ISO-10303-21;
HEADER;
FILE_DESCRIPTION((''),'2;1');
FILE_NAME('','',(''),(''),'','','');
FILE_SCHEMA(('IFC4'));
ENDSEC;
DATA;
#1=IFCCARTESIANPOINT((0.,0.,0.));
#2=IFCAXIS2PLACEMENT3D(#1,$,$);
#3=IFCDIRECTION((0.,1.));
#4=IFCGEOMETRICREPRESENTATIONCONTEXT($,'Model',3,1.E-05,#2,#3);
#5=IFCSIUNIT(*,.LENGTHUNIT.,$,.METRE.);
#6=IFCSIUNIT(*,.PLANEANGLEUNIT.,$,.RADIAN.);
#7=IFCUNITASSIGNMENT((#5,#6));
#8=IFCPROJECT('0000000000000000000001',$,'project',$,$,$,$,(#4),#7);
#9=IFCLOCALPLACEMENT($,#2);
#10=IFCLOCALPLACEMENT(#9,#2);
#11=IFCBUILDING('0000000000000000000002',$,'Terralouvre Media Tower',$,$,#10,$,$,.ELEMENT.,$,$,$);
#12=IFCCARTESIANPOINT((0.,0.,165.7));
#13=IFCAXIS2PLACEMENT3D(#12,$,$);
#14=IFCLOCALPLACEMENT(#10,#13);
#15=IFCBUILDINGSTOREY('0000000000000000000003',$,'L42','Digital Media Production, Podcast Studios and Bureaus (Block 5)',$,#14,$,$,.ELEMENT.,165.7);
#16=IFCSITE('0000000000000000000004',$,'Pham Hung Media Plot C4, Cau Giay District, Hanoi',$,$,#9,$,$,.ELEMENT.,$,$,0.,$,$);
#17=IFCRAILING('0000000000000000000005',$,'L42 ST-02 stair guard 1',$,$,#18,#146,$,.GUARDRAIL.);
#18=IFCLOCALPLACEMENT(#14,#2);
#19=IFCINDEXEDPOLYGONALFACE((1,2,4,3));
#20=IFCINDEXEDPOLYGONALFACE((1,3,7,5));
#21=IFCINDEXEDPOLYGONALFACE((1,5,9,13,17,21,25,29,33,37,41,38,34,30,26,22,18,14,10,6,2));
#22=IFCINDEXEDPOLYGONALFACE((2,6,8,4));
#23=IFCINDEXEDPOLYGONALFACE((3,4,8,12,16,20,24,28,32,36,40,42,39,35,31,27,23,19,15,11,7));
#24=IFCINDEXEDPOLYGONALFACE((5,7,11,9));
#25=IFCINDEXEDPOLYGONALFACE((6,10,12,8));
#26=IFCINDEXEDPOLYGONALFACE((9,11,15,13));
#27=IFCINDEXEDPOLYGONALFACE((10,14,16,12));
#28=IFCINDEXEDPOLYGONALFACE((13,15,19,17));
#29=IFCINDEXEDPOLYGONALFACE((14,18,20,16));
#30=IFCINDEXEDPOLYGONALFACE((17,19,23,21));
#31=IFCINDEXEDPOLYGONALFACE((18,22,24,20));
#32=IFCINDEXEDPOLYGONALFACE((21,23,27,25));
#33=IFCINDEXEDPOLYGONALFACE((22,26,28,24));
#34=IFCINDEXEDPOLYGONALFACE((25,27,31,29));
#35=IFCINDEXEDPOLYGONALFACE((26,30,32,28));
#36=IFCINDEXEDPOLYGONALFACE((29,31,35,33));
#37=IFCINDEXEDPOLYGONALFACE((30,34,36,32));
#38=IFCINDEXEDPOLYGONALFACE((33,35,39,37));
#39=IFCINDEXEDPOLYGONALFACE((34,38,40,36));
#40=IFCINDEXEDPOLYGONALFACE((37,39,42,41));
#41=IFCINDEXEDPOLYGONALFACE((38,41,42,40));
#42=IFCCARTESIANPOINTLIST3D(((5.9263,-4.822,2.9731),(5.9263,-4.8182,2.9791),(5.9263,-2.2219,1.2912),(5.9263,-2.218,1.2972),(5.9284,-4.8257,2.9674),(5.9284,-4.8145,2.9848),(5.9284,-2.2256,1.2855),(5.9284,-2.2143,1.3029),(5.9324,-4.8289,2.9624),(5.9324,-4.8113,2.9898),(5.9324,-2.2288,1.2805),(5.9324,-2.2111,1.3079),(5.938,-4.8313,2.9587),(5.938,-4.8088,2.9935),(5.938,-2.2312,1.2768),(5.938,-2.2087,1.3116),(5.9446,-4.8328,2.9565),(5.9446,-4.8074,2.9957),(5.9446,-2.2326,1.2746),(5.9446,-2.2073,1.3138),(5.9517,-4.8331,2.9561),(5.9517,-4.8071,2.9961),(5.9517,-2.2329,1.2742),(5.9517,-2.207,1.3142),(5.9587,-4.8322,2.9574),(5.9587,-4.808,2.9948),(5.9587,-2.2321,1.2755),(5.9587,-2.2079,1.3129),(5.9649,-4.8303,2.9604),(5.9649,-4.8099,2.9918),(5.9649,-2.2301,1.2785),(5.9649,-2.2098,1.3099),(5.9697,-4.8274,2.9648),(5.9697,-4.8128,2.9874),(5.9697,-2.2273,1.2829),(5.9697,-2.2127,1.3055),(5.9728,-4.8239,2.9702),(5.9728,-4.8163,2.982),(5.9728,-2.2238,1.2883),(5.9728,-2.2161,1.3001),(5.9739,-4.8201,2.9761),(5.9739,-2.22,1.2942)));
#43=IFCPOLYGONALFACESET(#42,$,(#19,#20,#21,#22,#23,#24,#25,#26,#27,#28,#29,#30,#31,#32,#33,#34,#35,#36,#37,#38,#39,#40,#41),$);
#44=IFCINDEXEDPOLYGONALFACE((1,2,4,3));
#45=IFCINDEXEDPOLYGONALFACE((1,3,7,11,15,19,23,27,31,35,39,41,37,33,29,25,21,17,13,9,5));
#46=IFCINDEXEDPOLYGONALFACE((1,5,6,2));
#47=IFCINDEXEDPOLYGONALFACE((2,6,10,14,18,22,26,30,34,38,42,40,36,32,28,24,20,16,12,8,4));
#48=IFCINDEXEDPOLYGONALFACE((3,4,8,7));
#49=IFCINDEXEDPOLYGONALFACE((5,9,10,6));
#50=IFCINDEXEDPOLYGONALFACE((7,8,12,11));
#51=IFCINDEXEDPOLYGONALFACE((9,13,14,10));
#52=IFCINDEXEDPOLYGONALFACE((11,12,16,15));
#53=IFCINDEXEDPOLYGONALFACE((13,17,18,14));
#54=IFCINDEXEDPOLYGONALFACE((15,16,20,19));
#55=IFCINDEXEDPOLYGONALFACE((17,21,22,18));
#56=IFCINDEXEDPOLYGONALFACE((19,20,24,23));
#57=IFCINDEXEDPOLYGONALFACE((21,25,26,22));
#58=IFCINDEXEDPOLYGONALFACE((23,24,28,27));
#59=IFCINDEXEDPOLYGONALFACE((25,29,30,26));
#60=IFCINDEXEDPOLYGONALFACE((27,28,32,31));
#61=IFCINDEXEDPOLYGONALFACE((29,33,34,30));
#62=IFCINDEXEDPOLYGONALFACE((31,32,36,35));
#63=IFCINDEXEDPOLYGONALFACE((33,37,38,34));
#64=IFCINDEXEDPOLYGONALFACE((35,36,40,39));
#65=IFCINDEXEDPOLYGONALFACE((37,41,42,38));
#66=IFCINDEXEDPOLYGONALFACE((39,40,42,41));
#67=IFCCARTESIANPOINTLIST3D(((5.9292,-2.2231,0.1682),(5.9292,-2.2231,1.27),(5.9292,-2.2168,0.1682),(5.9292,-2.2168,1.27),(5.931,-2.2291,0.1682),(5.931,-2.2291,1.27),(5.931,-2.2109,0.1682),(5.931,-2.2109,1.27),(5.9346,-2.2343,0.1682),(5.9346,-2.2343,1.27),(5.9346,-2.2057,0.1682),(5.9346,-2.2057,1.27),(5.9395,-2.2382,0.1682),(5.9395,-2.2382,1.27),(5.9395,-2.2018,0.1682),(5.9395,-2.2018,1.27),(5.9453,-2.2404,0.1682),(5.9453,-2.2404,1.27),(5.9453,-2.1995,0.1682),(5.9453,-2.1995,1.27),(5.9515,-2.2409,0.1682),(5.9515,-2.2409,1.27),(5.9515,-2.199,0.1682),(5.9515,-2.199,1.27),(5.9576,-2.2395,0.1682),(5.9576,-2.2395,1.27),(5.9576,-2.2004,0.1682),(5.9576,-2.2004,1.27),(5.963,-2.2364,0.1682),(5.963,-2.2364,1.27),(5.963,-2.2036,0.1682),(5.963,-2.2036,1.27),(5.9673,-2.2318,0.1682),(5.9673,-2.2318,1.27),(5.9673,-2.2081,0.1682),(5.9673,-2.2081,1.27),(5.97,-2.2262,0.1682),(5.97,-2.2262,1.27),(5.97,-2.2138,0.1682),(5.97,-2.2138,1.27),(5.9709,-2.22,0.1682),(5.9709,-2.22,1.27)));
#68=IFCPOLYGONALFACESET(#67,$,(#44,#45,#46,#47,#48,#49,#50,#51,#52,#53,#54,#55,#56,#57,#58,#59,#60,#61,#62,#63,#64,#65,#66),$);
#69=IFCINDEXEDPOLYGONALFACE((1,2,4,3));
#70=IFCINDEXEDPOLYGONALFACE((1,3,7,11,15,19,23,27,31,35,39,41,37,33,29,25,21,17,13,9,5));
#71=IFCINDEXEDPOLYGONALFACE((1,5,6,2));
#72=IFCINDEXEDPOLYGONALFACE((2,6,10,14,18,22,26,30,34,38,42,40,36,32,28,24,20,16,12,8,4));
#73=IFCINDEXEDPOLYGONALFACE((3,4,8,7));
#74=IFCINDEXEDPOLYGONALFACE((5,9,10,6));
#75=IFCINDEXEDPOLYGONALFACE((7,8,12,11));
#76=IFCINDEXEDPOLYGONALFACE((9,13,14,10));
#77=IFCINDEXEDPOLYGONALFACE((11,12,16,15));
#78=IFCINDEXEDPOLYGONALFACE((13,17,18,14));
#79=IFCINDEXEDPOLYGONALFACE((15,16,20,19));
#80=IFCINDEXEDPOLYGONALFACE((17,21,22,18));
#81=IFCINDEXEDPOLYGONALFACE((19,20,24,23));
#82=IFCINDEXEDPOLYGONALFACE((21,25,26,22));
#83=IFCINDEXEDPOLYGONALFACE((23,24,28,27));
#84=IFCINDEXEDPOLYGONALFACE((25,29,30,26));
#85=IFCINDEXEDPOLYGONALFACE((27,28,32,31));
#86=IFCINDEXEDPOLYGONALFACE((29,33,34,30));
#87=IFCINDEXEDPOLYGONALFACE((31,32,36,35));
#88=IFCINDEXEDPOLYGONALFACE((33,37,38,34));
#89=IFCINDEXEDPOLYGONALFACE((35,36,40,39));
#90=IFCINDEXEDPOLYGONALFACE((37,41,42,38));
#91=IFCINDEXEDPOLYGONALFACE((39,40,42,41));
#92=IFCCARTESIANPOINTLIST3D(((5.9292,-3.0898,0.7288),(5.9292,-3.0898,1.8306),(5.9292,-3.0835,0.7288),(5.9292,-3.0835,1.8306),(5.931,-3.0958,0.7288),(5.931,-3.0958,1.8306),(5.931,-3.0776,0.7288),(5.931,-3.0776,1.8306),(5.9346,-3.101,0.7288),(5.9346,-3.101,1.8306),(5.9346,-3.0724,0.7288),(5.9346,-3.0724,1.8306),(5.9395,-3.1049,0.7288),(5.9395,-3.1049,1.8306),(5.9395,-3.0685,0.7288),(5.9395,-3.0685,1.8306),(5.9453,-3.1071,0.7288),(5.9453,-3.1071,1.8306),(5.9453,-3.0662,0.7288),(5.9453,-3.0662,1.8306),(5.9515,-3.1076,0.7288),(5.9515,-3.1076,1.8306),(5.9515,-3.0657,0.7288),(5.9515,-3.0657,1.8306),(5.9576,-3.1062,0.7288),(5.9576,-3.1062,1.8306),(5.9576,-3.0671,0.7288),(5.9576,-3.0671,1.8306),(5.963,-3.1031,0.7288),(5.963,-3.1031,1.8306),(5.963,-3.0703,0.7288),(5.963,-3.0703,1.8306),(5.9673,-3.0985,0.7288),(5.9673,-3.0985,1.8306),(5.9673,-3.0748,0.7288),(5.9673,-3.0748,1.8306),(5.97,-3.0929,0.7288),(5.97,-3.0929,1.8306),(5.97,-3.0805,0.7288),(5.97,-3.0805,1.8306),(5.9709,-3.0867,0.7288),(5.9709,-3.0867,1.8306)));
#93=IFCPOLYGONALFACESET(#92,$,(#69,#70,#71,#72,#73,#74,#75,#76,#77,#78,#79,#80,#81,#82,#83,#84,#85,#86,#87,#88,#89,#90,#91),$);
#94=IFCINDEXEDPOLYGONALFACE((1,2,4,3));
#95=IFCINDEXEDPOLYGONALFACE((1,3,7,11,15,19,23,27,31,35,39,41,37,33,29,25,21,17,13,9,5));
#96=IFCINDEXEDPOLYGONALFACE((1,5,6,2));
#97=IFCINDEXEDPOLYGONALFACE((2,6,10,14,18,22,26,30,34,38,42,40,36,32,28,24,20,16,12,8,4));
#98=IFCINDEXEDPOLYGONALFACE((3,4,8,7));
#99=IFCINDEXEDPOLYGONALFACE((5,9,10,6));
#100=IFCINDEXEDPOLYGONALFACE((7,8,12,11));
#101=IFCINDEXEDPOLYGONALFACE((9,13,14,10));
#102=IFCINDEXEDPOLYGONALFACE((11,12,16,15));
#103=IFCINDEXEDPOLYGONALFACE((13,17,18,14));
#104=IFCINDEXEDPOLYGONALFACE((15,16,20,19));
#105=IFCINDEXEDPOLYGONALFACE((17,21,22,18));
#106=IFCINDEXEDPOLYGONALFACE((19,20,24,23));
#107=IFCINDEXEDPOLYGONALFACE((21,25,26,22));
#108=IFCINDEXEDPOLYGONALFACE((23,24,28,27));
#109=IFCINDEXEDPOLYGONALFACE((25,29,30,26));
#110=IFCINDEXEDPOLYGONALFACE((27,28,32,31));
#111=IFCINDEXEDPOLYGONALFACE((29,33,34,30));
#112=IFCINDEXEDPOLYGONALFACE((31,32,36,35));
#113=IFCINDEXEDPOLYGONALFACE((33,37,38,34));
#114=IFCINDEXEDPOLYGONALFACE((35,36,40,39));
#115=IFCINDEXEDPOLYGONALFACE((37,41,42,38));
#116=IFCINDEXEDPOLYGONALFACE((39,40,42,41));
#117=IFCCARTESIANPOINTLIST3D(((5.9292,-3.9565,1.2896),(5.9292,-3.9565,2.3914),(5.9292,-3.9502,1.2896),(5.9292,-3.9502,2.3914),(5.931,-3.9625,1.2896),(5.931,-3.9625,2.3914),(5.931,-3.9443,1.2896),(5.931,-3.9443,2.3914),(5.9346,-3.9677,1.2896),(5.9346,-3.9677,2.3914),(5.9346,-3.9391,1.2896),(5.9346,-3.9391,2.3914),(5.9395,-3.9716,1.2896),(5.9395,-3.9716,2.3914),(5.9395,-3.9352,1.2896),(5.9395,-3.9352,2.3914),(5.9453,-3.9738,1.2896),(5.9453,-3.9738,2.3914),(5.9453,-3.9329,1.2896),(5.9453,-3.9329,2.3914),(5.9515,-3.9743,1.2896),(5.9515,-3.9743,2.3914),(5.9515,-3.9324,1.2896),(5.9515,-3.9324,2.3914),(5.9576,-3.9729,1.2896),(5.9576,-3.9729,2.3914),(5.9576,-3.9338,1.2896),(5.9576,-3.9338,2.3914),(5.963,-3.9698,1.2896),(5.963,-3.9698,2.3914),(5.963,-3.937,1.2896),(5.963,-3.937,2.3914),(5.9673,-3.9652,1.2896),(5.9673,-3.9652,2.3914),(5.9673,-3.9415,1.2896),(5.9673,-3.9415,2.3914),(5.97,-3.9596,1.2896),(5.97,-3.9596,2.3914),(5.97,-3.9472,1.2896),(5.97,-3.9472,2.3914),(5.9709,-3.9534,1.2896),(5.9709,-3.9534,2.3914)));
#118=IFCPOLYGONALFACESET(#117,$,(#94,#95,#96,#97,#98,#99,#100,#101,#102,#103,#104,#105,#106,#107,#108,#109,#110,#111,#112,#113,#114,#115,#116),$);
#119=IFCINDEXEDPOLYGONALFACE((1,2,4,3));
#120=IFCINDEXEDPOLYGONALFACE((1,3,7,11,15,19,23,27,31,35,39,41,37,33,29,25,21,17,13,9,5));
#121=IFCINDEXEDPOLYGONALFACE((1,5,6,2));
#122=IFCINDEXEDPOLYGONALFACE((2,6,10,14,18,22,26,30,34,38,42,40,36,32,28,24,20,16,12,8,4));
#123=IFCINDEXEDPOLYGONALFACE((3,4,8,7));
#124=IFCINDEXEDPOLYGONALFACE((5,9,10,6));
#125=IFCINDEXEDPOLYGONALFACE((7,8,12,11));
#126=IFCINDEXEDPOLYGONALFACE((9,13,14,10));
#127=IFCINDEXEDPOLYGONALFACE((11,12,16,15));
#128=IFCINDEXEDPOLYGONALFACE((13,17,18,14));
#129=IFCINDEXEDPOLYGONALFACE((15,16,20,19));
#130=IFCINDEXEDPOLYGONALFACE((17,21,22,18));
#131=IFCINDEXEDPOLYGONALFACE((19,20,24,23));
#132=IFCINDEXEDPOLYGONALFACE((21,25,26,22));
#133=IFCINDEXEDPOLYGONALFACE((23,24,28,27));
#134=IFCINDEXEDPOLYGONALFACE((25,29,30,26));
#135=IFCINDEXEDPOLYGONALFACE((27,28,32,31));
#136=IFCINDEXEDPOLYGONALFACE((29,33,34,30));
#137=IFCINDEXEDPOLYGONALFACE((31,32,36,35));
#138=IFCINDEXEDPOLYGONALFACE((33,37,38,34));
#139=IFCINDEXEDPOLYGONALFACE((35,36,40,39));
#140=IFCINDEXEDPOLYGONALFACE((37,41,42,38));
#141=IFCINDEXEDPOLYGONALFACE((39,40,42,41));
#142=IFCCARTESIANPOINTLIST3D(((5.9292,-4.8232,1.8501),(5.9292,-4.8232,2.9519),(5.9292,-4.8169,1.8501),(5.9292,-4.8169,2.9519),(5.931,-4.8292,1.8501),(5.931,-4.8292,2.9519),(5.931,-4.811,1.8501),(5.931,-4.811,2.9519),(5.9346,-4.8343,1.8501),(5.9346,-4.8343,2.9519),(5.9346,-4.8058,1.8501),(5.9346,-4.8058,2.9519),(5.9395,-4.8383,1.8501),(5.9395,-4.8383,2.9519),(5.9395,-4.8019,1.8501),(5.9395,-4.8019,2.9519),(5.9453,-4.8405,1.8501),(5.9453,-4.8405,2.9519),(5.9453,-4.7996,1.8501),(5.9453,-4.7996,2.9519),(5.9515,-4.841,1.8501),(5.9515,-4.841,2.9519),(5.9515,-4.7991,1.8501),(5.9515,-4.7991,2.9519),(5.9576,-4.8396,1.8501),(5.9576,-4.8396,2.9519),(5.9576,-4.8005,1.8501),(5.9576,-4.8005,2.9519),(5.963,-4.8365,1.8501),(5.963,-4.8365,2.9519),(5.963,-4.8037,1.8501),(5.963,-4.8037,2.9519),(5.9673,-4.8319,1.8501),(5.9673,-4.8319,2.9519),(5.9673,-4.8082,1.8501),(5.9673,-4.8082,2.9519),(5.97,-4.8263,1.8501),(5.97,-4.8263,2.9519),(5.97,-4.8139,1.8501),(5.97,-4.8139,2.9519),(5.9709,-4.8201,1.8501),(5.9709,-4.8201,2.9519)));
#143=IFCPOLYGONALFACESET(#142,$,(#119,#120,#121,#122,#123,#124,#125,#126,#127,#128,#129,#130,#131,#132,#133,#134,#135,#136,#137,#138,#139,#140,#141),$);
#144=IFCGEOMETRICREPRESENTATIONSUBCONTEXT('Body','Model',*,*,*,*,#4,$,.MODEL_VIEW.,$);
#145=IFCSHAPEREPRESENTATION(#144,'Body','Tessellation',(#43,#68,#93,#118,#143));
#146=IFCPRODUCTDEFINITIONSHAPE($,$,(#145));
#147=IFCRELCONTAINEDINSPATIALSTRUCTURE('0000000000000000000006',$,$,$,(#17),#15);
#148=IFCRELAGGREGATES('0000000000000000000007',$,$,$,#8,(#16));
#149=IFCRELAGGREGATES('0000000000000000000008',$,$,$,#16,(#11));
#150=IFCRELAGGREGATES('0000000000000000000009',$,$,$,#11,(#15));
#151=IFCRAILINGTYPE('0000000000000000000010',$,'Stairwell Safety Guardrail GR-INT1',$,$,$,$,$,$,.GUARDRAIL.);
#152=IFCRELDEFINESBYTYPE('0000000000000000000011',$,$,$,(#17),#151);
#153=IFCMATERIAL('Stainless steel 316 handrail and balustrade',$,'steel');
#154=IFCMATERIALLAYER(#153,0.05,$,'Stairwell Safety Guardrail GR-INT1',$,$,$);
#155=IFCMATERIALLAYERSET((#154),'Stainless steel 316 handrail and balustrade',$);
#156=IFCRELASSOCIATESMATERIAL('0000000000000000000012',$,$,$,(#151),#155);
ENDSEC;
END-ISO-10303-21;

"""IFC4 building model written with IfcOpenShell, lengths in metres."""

from ifc_helpers import new_model, si_unit, direction, frame, origin, origin_2d, place, context, subcontext, project, spatial, circle, extrude, material, layer, layer_set, type_object, element, save


model = new_model("IFC4")

# Units and contexts
model_context = context("Model", 3, precision=1e-05, world=origin(), true_north=direction((0.0, 1.0)))
body_context = subcontext(model_context, "Body", "Model", "MODEL_VIEW")
ifc_project = project(units=[si_unit("LENGTHUNIT", "METRE"), si_unit("PLANEANGLEUNIT", "RADIAN")], contexts=[model_context])

# Site, building, storey
site_placement = place(None, origin())
site = spatial("IfcSite", under=ifc_project, at=site_placement, Name="Pham Hung Media Plot C4, Cau Giay District, Hanoi", CompositionType="ELEMENT", RefElevation=0.0)
building_placement = place(site_placement, origin())
building = spatial("IfcBuilding", under=site, at=building_placement, Name="Terralouvre Media Tower", CompositionType="ELEMENT")
storey_placement = place(building_placement, frame((0.0, 0.0, 165.7)))
storey = spatial("IfcBuildingStorey", under=building, at=storey_placement, Name="L42", Description="Digital Media Production, Podcast Studios and Bureaus (Block 5)", CompositionType="ELEMENT", Elevation=165.7)

# Railing
ifc_material_1 = material(Name="Stainless steel 316 handrail and balustrade", Category="steel")
ifc_layer_1 = layer(ifc_material_1, 0.05, Name="Stairwell Safety Guardrail GR-INT1")
ifc_layer_set_1 = layer_set([ifc_layer_1], Name="Stainless steel 316 handrail and balustrade")
railing_type_1 = type_object("IfcRailingType", Name="Stairwell Safety Guardrail GR-INT1", PredefinedType="GUARDRAIL", material=ifc_layer_set_1)
railing_1_placement = place(storey_placement, frame((5.95, -2.22, 0.1682)))
element("IfcRailing", 1, at=railing_1_placement, inside=storey, type_object=railing_type_1, Name="L42 ST-02 stair guard 1", PredefinedType="GUARDRAIL", context=body_context, shape_type="SweptSolid", body=[
    extrude(circle(Radius=0.0239, at=origin_2d()), frame((0.0, 0.0, 1.126), z_axis=(0.0, -0.839648, 0.54313), x_axis=(1.0, 0.0, 0.0)), (0.0, 0.0, 1.0), 3.0967),
    extrude(circle(Radius=0.021, at=origin_2d()), origin(), (0.0, 0.0, 1.0), 1.1018),
    extrude(circle(Radius=0.021, at=origin_2d()), frame((0.0, -0.8667, 0.5605)), (0.0, 0.0, 1.0), 1.1018),
    extrude(circle(Radius=0.021, at=origin_2d()), frame((0.0, -1.7334, 1.1213)), (0.0, 0.0, 1.0), 1.1018),
    extrude(circle(Radius=0.021, at=origin_2d()), frame((0.0, -2.6001, 1.6819)), (0.0, 0.0, 1.0), 1.1018),
])

save(model, "model.ifc")
